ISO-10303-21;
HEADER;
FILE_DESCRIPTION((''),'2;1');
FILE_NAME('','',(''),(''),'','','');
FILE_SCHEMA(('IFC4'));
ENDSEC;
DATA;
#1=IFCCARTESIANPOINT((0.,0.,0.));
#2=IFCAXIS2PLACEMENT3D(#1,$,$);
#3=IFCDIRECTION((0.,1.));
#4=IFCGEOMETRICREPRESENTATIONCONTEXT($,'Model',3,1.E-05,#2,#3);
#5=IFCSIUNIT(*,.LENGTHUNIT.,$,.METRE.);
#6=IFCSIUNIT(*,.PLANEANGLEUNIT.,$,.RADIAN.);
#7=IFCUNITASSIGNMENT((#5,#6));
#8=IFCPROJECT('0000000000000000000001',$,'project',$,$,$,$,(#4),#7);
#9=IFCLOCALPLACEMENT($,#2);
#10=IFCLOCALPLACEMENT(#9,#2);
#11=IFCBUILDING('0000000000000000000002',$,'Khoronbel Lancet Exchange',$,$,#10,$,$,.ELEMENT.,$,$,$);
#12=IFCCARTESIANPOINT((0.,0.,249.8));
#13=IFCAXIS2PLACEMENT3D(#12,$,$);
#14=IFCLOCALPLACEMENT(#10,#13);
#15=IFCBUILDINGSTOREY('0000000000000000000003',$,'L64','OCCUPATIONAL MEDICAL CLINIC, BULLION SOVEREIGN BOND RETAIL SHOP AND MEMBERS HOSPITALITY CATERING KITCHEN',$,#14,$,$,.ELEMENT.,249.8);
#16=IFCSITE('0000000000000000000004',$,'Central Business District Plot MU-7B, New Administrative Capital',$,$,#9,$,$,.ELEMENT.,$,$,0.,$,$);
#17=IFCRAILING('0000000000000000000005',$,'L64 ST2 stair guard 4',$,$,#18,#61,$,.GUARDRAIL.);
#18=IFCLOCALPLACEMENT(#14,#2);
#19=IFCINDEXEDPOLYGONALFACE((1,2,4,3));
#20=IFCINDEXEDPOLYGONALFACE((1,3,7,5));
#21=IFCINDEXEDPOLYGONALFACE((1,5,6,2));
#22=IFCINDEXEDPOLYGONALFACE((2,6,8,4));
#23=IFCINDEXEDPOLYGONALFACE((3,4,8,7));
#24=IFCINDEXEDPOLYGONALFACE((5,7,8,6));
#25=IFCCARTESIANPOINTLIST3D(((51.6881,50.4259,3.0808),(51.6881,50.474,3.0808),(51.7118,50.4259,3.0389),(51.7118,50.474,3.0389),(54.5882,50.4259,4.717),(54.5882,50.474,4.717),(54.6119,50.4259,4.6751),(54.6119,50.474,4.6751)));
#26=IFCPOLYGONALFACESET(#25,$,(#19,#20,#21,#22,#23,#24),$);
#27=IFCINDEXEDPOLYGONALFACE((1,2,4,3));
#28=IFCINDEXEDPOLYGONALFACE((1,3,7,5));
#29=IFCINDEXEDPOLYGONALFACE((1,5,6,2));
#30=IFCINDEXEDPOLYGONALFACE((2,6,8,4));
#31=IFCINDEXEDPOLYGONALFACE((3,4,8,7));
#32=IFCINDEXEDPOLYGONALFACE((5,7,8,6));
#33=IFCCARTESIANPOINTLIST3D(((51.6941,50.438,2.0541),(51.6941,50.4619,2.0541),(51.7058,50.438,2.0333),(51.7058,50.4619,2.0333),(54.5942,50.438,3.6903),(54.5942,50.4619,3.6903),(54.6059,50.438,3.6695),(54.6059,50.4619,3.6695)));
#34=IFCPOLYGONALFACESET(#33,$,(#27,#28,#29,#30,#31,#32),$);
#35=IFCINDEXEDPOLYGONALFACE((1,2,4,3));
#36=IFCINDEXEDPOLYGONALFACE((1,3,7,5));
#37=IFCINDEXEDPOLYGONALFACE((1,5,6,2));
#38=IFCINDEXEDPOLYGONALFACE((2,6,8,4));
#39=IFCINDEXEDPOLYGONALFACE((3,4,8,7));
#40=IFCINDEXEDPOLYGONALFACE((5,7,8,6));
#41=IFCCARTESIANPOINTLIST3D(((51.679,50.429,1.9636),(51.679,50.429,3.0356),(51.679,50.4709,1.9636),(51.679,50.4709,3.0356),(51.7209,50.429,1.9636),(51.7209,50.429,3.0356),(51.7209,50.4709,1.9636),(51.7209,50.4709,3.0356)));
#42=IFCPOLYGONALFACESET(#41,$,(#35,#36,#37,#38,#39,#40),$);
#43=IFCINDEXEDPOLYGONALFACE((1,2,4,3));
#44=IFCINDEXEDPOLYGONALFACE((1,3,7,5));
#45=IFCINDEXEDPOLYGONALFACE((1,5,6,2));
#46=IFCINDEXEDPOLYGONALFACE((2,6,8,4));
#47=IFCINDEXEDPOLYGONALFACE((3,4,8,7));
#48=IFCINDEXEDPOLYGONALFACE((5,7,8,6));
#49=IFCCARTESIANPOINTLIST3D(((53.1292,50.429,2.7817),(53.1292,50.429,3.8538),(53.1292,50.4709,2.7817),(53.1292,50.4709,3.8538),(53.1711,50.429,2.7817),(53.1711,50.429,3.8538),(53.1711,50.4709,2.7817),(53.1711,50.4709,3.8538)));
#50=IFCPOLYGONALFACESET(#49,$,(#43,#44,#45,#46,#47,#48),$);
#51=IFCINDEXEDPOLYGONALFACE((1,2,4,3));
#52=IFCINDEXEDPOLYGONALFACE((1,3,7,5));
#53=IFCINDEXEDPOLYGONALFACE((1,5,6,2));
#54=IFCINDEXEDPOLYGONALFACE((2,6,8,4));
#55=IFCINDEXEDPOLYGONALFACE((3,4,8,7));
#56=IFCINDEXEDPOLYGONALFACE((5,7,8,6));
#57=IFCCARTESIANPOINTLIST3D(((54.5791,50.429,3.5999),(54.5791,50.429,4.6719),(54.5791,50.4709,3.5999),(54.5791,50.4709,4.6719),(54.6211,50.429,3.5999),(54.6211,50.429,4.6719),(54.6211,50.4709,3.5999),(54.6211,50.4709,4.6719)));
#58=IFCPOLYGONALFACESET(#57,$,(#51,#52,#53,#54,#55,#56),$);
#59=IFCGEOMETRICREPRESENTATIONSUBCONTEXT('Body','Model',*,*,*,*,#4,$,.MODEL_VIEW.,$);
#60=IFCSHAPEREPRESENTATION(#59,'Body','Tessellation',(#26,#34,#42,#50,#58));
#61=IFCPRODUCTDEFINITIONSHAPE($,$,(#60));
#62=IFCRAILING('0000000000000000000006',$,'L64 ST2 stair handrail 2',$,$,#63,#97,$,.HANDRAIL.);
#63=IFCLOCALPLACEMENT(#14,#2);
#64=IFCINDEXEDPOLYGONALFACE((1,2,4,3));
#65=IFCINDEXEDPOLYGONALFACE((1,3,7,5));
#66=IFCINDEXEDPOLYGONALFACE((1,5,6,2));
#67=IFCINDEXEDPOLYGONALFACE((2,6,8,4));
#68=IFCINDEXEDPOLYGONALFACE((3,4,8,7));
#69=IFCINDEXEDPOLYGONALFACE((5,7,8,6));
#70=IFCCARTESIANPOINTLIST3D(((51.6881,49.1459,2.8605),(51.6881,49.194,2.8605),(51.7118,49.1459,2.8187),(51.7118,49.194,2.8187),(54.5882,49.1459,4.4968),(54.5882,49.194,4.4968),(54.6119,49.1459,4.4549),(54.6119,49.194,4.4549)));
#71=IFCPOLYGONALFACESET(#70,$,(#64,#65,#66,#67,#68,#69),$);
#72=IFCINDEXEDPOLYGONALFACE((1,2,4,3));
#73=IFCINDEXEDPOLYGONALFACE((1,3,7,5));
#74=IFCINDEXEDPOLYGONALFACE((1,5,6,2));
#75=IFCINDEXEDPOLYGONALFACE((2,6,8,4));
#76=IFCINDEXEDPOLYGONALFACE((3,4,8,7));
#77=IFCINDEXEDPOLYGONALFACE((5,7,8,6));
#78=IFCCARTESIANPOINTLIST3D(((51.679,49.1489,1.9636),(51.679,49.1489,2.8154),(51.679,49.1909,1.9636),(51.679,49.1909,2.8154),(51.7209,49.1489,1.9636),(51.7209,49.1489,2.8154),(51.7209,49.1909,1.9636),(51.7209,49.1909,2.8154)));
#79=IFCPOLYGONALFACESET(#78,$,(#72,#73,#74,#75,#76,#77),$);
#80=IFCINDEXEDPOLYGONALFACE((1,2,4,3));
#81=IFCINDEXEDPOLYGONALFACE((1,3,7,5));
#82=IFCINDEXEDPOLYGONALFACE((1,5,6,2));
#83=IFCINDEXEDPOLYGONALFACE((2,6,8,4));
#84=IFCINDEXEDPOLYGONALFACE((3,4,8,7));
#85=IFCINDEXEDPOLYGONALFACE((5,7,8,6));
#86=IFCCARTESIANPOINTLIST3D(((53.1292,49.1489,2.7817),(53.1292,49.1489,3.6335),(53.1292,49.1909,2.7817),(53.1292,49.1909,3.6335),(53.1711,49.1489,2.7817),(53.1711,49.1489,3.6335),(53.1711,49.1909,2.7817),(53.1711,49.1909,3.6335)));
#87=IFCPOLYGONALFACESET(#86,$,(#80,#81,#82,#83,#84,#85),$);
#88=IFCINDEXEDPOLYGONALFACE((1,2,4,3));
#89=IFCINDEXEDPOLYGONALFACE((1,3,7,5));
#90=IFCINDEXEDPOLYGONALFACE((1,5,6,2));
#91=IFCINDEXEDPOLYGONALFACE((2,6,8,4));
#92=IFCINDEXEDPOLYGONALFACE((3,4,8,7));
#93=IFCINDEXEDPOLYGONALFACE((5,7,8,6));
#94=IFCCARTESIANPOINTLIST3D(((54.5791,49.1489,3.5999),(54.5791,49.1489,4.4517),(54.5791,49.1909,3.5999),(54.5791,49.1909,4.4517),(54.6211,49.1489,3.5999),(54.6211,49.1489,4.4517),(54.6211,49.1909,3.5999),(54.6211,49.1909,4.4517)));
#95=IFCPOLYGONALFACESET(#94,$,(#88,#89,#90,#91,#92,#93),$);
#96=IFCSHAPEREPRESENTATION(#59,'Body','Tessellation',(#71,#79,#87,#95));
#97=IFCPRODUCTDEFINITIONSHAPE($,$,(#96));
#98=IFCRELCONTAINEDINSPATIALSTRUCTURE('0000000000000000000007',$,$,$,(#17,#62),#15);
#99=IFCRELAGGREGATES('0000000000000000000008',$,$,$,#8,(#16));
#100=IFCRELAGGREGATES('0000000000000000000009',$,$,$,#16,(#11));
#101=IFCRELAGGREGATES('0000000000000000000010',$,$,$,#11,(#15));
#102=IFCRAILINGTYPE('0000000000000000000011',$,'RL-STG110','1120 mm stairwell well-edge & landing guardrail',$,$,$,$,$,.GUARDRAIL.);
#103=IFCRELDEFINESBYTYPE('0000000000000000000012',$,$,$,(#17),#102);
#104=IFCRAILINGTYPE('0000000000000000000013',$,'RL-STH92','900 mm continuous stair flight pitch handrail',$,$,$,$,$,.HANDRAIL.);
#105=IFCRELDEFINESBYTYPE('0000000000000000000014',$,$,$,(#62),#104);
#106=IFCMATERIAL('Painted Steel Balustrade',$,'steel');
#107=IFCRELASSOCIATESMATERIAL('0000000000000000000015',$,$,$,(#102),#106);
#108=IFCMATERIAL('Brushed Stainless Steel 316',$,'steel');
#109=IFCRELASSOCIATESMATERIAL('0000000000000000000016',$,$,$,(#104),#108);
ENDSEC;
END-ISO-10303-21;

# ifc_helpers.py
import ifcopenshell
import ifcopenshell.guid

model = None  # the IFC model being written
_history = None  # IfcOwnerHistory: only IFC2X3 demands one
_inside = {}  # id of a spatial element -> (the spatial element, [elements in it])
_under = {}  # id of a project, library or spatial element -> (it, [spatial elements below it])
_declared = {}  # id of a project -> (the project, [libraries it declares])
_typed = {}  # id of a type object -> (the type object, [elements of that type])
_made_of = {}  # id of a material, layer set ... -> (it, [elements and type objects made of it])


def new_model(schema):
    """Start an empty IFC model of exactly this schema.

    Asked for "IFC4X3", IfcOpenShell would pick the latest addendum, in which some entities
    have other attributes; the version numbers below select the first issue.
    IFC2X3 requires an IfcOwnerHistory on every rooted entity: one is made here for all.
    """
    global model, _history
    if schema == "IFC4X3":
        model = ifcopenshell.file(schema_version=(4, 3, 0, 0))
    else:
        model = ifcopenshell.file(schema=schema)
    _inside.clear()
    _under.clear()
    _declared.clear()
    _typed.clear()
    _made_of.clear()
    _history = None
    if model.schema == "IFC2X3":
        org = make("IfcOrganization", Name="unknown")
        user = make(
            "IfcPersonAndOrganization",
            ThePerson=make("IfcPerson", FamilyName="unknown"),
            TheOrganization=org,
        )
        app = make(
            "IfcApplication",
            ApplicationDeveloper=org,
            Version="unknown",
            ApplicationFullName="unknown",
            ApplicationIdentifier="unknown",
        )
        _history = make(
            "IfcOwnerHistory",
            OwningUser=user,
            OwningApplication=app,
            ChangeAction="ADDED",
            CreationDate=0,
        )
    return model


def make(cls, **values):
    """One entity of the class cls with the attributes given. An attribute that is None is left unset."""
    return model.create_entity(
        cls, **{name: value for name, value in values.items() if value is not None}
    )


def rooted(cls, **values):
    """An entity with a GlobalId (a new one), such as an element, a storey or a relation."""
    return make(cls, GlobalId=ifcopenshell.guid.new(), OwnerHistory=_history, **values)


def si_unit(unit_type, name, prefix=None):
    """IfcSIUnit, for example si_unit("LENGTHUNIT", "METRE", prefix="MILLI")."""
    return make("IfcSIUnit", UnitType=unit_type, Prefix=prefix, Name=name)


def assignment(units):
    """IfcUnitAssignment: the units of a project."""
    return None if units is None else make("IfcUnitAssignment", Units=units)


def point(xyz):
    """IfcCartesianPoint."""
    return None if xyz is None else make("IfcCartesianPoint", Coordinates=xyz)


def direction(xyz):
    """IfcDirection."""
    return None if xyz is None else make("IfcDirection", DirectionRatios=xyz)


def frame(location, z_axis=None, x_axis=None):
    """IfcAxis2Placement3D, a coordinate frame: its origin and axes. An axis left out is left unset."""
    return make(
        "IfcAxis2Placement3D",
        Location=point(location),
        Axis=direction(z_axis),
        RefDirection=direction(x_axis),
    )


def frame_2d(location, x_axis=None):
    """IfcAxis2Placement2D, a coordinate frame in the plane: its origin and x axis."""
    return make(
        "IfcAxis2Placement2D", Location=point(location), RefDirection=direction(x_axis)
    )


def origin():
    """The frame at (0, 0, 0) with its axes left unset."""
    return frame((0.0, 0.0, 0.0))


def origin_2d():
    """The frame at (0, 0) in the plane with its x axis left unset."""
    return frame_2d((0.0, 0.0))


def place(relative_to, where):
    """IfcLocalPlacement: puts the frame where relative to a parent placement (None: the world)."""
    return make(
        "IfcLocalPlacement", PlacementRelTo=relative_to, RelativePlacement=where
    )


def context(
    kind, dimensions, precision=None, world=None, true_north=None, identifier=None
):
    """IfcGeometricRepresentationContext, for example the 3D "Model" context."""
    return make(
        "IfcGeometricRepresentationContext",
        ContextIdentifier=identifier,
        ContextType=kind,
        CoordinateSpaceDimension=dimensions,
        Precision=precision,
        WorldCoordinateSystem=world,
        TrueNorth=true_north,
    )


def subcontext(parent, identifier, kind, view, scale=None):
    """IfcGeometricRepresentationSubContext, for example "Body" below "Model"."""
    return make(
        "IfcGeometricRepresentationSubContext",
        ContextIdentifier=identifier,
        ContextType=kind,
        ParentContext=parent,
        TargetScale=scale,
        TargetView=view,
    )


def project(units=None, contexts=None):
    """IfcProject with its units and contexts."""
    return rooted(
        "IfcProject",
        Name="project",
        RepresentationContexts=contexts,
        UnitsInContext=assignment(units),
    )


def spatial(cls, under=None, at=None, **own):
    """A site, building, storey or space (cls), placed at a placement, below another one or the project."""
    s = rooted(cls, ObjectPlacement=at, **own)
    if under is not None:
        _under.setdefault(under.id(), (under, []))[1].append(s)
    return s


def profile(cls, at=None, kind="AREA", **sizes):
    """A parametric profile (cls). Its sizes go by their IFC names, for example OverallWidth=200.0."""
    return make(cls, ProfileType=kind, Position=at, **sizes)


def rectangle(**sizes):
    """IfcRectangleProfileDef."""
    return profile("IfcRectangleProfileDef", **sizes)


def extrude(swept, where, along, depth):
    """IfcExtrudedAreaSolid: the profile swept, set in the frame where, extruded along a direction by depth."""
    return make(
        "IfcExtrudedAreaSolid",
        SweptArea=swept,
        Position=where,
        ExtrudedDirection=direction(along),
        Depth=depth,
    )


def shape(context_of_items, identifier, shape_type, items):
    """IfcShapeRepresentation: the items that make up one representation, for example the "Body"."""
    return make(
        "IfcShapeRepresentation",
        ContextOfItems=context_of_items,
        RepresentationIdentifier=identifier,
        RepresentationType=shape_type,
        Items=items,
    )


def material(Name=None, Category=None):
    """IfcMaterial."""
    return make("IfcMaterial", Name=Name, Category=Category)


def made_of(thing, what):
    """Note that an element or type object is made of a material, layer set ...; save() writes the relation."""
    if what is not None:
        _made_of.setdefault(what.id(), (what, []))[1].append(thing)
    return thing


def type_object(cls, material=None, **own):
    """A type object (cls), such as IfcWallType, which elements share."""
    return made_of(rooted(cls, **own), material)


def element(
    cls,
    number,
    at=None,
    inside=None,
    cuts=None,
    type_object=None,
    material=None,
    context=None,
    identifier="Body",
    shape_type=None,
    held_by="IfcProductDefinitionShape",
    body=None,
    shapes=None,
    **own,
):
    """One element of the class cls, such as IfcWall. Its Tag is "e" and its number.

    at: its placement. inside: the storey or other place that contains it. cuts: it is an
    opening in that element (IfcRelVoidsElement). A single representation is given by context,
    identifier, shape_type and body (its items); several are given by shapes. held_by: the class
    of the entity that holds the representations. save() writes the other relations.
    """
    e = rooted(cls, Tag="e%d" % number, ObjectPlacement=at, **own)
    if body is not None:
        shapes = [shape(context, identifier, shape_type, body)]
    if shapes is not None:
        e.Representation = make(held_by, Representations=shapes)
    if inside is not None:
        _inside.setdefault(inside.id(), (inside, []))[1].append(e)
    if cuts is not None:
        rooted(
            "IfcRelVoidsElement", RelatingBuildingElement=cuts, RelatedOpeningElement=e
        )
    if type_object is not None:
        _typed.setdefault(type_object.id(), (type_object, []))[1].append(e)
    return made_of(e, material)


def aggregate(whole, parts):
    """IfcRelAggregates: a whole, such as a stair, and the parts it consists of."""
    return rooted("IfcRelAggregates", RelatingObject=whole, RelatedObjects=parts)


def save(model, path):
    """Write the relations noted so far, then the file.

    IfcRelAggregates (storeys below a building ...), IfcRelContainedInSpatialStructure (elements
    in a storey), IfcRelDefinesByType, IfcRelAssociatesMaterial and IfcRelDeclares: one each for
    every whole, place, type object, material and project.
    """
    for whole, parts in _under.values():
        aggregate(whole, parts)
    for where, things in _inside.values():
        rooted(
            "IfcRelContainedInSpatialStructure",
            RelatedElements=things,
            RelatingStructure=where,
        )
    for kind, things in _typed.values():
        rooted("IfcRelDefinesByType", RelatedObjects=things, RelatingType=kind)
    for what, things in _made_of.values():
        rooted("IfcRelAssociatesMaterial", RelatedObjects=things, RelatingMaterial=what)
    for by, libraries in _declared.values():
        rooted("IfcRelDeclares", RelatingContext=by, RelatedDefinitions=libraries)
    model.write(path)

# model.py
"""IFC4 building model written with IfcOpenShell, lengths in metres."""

from ifc_helpers import new_model, si_unit, direction, frame, origin, origin_2d, place, context, subcontext, project, spatial, rectangle, extrude, material, type_object, element, save


model = new_model("IFC4")

# Units and contexts
model_context = context("Model", 3, precision=1e-05, world=origin(), true_north=direction((0.0, 1.0)))
body_context = subcontext(model_context, "Body", "Model", "MODEL_VIEW")
ifc_project = project(units=[si_unit("LENGTHUNIT", "METRE"), si_unit("PLANEANGLEUNIT", "RADIAN")], contexts=[model_context])

# Site, building, storey
site_placement = place(None, origin())
site = spatial("IfcSite", under=ifc_project, at=site_placement, Name="Central Business District Plot MU-7B, New Administrative Capital", CompositionType="ELEMENT", RefElevation=0.0)
building_placement = place(site_placement, origin())
building = spatial("IfcBuilding", under=site, at=building_placement, Name="Khoronbel Lancet Exchange", CompositionType="ELEMENT")
storey_placement = place(building_placement, frame((0.0, 0.0, 249.8)))
storey = spatial("IfcBuildingStorey", under=building, at=storey_placement, Name="L64", Description="OCCUPATIONAL MEDICAL CLINIC, BULLION SOVEREIGN BOND RETAIL SHOP AND MEMBERS HOSPITALITY CATERING KITCHEN", CompositionType="ELEMENT", Elevation=249.8)

# Railings
ifc_material_1 = material(Name="Painted Steel Balustrade", Category="steel")
railing_type_1 = type_object("IfcRailingType", Name="RL-STG110", Description="1120 mm stairwell well-edge & landing guardrail", PredefinedType="GUARDRAIL", material=ifc_material_1)
railing_1_placement = place(storey_placement, frame((51.7, 50.45, 1.9636)))
element("IfcRailing", 1, at=railing_1_placement, inside=storey, type_object=railing_type_1, Name="L64 ST2 stair guard 4", PredefinedType="GUARDRAIL", context=body_context, shape_type="SweptSolid", body=[
    extrude(rectangle(XDim=0.0481, YDim=0.0481, at=origin_2d()), frame((0.0, 0.0, 1.0962), z_axis=(0.870946, 0.0, 0.491378), x_axis=(0.0, 1.0, 0.0)), (0.0, 0.0, 1.0), 3.3298),
    extrude(rectangle(XDim=0.0239, YDim=0.0239, at=origin_2d()), frame((0.0, 0.0, 0.0801), z_axis=(0.870946, 0.0, 0.491378), x_axis=(0.0, 1.0, 0.0)), (0.0, 0.0, 1.0), 3.3298),
    extrude(rectangle(XDim=0.042, YDim=0.042, at=origin_2d()), origin(), (0.0, 0.0, 1.0), 1.072),
    extrude(rectangle(XDim=0.042, YDim=0.042, at=origin_2d()), frame((1.4502, 0.0, 0.8181)), (0.0, 0.0, 1.0), 1.072),
    extrude(rectangle(XDim=0.042, YDim=0.042, at=origin_2d()), frame((2.9001, 0.0, 1.6362)), (0.0, 0.0, 1.0), 1.072),
])
ifc_material_2 = material(Name="Brushed Stainless Steel 316", Category="steel")
railing_type_2 = type_object("IfcRailingType", Name="RL-STH92", Description="900 mm continuous stair flight pitch handrail", PredefinedType="HANDRAIL", material=ifc_material_2)
railing_2_placement = place(storey_placement, frame((51.7, 49.1699, 1.9636)))
element("IfcRailing", 2, at=railing_2_placement, inside=storey, type_object=railing_type_2, Name="L64 ST2 stair handrail 2", PredefinedType="HANDRAIL", context=body_context, shape_type="SweptSolid", body=[
    extrude(rectangle(XDim=0.0481, YDim=0.0481, at=origin_2d()), frame((0.0, 0.0, 0.876), z_axis=(0.870946, 0.0, 0.491378), x_axis=(0.0, 1.0, 0.0)), (0.0, 0.0, 1.0), 3.3298),
    extrude(rectangle(XDim=0.042, YDim=0.042, at=origin_2d()), origin(), (0.0, 0.0, 1.0), 0.8518),
    extrude(rectangle(XDim=0.042, YDim=0.042, at=origin_2d()), frame((1.4502, 0.0, 0.8181)), (0.0, 0.0, 1.0), 0.8518),
    extrude(rectangle(XDim=0.042, YDim=0.042, at=origin_2d()), frame((2.9001, 0.0, 1.6362)), (0.0, 0.0, 1.0), 0.8518),
])

save(model, "model.ifc")
